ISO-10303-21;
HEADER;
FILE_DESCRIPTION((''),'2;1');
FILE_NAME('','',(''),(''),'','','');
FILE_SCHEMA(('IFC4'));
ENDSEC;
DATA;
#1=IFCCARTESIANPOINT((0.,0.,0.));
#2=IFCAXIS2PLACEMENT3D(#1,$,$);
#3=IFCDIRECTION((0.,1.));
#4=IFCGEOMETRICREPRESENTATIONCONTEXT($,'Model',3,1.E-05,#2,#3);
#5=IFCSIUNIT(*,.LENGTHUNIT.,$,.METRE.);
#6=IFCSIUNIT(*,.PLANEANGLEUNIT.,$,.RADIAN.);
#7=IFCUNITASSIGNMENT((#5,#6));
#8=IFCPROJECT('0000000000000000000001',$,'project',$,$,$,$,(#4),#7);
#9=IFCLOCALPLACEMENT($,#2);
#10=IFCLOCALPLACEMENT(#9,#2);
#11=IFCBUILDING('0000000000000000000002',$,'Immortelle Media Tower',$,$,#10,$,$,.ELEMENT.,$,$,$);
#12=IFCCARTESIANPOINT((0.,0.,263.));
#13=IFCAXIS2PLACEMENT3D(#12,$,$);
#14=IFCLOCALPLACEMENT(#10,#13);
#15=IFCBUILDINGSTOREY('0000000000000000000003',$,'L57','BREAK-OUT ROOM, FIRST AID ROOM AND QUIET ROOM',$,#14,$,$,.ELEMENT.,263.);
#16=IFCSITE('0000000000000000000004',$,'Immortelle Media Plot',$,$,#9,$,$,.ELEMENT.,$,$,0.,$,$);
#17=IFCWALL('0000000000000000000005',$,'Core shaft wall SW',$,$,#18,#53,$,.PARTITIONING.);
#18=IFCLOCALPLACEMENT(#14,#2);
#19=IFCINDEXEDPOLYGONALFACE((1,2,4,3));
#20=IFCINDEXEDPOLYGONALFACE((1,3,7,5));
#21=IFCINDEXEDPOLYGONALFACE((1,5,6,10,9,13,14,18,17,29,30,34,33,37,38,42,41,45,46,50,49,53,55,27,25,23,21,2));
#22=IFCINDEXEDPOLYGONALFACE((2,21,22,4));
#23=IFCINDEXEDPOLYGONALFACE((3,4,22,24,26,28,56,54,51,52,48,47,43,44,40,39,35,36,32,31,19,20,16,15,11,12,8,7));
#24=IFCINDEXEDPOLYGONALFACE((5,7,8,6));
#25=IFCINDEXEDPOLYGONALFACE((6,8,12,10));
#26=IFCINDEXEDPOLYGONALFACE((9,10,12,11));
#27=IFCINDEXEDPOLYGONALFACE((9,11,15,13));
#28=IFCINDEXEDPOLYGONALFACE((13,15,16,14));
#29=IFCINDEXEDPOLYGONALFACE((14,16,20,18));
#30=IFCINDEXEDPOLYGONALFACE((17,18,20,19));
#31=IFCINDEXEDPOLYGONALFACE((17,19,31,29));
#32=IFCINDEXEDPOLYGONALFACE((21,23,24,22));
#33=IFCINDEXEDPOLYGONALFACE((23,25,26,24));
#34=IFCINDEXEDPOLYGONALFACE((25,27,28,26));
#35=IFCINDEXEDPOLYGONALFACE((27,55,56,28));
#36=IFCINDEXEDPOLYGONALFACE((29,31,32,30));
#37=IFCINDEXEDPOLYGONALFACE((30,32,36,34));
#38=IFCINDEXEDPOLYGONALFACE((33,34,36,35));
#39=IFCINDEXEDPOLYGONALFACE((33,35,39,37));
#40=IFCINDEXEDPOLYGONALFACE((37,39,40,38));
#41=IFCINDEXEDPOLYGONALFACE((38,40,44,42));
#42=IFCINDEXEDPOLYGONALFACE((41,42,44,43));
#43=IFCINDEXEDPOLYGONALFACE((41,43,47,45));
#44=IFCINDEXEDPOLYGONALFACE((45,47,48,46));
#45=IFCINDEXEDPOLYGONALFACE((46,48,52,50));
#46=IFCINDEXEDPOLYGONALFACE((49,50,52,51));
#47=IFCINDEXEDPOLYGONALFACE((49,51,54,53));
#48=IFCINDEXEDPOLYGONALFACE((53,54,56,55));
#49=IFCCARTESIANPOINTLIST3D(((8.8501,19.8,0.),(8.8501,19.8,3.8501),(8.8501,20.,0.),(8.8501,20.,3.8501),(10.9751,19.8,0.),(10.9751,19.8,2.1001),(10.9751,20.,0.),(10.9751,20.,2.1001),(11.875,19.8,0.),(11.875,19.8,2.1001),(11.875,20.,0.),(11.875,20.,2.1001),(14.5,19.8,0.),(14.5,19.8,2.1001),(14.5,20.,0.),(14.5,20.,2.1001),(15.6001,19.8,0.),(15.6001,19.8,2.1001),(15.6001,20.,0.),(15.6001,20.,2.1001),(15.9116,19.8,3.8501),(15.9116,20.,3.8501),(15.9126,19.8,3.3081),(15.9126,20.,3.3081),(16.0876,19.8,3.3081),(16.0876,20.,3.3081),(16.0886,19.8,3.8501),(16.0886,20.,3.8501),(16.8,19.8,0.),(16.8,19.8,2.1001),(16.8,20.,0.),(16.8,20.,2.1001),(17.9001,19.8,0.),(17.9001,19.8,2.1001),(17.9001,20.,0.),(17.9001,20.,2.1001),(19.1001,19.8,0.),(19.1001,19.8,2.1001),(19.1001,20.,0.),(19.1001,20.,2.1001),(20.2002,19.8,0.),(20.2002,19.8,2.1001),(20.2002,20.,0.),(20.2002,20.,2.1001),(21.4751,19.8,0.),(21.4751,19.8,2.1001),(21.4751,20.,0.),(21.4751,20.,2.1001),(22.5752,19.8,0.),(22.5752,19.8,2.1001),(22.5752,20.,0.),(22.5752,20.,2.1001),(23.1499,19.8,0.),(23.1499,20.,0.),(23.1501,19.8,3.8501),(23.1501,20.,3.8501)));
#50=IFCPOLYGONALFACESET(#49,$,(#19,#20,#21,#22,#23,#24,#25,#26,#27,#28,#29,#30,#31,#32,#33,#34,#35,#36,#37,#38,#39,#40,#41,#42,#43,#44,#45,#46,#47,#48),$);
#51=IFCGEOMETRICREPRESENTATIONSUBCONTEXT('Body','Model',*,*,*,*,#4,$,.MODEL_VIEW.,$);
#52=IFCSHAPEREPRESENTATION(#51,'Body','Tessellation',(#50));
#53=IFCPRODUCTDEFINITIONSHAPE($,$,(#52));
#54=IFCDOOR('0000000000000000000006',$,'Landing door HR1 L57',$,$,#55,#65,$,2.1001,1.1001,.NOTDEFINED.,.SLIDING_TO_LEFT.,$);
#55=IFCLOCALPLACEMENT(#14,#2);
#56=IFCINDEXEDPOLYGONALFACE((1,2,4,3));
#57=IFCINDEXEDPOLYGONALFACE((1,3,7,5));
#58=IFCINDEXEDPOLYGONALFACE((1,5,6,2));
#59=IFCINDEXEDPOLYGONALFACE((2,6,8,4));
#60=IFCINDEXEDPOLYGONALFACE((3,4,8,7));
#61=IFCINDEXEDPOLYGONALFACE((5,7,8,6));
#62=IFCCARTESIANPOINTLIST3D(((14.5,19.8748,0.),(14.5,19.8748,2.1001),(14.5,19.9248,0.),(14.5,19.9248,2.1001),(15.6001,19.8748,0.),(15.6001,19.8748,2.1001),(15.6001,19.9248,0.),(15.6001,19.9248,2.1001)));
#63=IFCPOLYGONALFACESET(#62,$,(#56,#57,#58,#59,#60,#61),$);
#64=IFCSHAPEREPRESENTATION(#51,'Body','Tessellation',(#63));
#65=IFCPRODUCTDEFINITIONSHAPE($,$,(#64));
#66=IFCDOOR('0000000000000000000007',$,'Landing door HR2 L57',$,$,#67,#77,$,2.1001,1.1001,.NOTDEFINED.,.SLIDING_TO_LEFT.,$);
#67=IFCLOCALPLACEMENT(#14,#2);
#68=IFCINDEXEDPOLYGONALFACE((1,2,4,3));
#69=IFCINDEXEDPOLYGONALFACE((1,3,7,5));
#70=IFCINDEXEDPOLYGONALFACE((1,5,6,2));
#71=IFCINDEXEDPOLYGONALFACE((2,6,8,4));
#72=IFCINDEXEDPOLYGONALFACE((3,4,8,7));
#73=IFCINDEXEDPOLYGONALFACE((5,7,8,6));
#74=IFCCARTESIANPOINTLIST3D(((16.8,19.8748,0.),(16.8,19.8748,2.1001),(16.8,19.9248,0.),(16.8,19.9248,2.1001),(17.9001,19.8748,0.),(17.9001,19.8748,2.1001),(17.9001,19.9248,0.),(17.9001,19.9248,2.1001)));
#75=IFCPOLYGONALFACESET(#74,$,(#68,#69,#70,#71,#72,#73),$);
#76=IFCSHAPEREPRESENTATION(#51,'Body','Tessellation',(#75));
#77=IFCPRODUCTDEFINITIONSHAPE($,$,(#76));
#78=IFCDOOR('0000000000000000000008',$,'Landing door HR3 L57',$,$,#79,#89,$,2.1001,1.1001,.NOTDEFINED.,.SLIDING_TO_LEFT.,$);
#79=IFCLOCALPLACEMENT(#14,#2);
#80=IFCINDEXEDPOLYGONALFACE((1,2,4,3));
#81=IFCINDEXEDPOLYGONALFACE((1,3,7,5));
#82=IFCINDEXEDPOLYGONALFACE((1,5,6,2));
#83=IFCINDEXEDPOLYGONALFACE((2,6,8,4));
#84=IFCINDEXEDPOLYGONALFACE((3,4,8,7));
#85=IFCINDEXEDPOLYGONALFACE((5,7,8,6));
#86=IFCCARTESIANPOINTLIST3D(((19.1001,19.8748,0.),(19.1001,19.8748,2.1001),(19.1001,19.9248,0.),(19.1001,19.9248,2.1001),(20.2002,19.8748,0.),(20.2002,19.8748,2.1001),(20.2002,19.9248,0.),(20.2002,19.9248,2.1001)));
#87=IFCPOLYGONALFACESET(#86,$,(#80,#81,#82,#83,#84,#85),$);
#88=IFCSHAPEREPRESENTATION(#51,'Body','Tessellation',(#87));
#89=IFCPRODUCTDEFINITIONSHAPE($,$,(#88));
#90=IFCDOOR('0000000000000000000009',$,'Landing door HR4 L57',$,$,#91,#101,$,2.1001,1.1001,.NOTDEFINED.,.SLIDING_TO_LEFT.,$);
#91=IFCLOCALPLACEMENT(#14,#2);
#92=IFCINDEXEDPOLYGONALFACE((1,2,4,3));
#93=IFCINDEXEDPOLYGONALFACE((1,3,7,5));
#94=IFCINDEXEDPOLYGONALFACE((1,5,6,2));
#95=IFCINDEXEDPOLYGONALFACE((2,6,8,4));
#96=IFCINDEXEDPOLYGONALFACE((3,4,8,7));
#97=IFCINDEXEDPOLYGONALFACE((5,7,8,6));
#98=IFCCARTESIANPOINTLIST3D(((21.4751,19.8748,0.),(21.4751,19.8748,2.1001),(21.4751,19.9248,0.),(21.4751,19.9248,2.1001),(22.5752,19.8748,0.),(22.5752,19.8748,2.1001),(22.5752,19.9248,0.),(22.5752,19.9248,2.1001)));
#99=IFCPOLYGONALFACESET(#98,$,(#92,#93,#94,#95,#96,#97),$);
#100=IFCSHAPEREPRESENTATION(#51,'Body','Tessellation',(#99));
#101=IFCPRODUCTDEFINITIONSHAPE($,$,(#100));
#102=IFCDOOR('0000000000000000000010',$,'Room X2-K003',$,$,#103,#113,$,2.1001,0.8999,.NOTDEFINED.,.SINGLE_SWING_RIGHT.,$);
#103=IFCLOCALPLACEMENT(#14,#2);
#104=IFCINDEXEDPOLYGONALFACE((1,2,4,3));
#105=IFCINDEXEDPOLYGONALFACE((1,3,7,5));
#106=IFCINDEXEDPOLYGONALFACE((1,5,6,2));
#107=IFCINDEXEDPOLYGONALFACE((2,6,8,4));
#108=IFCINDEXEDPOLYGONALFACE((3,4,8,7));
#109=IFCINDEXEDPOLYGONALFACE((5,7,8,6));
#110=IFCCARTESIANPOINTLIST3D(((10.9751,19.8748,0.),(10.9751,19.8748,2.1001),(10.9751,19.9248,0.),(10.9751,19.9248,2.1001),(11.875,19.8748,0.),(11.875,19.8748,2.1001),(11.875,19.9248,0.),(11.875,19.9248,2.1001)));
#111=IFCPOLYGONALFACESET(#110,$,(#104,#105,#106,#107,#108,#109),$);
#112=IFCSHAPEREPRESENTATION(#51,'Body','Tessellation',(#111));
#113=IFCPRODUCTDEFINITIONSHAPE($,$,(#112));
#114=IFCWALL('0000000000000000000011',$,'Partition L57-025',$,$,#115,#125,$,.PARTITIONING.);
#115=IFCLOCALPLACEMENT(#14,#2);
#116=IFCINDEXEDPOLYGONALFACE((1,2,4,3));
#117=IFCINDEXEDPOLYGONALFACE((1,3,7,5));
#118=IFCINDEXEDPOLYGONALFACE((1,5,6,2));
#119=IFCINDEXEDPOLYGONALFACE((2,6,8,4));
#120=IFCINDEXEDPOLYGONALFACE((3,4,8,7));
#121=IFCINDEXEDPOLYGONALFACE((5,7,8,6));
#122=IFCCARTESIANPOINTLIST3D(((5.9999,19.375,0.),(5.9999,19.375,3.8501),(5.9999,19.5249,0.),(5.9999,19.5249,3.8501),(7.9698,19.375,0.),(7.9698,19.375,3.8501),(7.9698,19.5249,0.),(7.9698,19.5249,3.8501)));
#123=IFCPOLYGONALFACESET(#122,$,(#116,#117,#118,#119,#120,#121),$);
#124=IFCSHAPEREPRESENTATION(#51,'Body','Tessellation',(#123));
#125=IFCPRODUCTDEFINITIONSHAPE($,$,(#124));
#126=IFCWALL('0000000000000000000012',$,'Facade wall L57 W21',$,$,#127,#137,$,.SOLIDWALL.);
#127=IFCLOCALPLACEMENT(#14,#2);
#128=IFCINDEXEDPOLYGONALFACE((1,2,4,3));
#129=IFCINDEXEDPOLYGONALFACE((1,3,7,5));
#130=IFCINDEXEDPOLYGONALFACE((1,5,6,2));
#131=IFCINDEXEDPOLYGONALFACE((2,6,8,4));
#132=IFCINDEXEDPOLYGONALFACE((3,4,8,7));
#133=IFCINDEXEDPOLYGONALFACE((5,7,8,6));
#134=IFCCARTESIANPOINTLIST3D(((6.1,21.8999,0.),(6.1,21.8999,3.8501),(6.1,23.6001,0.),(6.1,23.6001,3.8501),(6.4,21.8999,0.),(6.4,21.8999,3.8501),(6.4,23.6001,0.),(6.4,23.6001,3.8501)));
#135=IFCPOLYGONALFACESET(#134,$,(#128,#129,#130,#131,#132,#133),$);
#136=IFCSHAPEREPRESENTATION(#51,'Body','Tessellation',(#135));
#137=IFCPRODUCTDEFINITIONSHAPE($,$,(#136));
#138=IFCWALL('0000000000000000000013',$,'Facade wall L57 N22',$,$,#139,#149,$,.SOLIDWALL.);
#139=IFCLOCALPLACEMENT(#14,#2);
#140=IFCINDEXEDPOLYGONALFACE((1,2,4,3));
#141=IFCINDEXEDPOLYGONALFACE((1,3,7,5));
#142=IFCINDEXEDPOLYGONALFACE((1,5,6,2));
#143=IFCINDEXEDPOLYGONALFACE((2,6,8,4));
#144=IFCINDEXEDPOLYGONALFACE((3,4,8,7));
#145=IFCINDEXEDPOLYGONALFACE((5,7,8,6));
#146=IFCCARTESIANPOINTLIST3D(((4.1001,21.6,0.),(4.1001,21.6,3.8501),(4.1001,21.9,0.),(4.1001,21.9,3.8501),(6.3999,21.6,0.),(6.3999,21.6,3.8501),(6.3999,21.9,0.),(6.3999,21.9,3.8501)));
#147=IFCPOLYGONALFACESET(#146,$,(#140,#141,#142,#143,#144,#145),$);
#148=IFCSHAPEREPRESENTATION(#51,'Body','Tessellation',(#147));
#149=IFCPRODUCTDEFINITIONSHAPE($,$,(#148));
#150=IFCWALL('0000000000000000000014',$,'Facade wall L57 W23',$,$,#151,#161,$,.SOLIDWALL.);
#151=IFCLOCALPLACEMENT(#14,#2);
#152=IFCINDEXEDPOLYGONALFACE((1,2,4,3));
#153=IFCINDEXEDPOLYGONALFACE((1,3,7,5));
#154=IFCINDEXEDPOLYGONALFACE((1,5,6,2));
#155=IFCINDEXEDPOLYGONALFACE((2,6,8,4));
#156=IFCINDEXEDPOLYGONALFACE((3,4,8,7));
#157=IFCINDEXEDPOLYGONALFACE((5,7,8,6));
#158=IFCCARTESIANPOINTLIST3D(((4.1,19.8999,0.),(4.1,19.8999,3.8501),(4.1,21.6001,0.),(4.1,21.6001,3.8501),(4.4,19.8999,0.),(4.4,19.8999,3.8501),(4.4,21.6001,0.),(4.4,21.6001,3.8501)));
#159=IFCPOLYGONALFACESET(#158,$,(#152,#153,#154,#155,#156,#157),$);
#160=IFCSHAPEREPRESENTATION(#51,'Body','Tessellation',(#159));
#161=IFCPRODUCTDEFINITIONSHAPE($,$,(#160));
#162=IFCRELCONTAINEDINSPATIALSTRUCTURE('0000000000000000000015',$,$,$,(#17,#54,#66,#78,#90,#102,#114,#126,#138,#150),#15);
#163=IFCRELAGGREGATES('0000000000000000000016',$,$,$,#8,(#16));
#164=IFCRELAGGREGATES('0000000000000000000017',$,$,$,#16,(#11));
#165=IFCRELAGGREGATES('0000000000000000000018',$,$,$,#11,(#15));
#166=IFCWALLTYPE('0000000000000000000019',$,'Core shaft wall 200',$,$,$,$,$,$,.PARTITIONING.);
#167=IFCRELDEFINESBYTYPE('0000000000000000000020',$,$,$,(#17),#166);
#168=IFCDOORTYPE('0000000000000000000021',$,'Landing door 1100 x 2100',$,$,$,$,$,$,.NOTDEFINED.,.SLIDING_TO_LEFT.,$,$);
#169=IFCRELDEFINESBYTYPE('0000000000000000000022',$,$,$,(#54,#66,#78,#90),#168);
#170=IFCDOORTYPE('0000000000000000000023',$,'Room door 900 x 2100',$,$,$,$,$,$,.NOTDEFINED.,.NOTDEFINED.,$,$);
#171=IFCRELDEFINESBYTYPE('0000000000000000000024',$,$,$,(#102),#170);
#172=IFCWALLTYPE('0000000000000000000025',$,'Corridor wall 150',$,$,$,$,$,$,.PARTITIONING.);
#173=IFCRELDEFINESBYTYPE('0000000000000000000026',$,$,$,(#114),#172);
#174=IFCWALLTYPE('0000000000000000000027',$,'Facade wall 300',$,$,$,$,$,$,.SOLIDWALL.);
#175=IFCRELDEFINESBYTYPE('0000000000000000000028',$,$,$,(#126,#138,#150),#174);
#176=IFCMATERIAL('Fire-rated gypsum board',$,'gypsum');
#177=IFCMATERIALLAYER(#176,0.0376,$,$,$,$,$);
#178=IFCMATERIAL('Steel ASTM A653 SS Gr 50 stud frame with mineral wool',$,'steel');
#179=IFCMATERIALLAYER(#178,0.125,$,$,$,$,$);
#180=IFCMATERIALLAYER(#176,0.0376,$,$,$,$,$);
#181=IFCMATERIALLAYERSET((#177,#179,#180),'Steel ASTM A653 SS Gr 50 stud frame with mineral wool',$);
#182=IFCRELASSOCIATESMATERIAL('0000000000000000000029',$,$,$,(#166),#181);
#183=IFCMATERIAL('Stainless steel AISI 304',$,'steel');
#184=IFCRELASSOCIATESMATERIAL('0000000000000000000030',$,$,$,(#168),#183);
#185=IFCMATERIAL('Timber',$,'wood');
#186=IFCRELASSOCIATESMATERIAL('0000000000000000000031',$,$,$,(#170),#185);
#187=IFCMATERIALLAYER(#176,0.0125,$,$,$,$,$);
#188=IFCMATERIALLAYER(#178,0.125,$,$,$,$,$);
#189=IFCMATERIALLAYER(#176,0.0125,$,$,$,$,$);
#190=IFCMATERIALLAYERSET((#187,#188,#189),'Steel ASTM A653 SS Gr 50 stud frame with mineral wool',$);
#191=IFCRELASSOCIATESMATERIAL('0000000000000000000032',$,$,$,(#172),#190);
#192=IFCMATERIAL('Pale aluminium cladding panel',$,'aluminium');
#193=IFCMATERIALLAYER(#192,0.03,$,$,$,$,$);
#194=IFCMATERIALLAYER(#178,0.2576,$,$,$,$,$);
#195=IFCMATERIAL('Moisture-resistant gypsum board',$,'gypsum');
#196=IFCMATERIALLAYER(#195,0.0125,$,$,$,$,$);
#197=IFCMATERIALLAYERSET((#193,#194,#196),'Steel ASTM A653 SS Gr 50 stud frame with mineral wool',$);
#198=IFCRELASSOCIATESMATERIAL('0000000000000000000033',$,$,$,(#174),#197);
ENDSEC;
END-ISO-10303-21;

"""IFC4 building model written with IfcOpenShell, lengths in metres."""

from ifc_helpers import new_model, si_unit, direction, frame, frame_2d, origin, place, context, subcontext, project, spatial, polyline, rectangle, outline, extrude, material, layer, layer_set, type_object, element, fill, save


model = new_model("IFC4")

# Units and contexts
model_context = context("Model", 3, precision=1e-05, world=origin(), true_north=direction((0.0, 1.0)))
body_context = subcontext(model_context, "Body", "Model", "MODEL_VIEW")
ifc_project = project(units=[si_unit("LENGTHUNIT", "METRE"), si_unit("PLANEANGLEUNIT", "RADIAN")], contexts=[model_context])

# Site, building, storey
site_placement = place(None, origin())
site = spatial("IfcSite", under=ifc_project, at=site_placement, Name="Immortelle Media Plot", CompositionType="ELEMENT", RefElevation=0.0)
building_placement = place(site_placement, origin())
building = spatial("IfcBuilding", under=site, at=building_placement, Name="Immortelle Media Tower", CompositionType="ELEMENT")
storey_placement = place(building_placement, frame((0.0, 0.0, 263.0)))
storey = spatial("IfcBuildingStorey", under=building, at=storey_placement, Name="L57", Description="BREAK-OUT ROOM, FIRST AID ROOM AND QUIET ROOM", CompositionType="ELEMENT", Elevation=263.0)

# Shared definitions
ifc_material_1 = material(Name="Fire-rated gypsum board", Category="gypsum")
ifc_layer_1 = layer(ifc_material_1, 0.0376)
ifc_material_2 = material(Name="Steel ASTM A653 SS Gr 50 stud frame with mineral wool", Category="steel")
ifc_layer_2 = layer(ifc_material_2, 0.125)
ifc_layer_3 = layer(ifc_material_1, 0.0376)
ifc_layer_set_1 = layer_set([ifc_layer_1, ifc_layer_2, ifc_layer_3], Name="Steel ASTM A653 SS Gr 50 stud frame with mineral wool")
wall_type_1 = type_object("IfcWallType", Name="Core shaft wall 200", PredefinedType="PARTITIONING", material=ifc_layer_set_1)

# Wall, openings, doors
wall_1_placement = place(storey_placement, frame((8.8501, 19.8999, 0.0), z_axis=(0.0, 0.0, 1.0), x_axis=(1.0, 0.0, 0.0)))
wall_1 = element("IfcWall", 1, at=wall_1_placement, inside=storey, type_object=wall_type_1, Name="Core shaft wall SW", PredefinedType="PARTITIONING", context=body_context, shape_type="SweptSolid", body=[
    extrude(outline(polyline([(0.0, 0.0), (14.2998, 0.0), (14.3, 3.8501), (7.2385, 3.8501), (7.2375, 3.3081), (7.0625, 3.3081), (7.0615, 3.8501), (0.0, 3.8501), (0.0, 0.0)])), frame((0.0, 0.1001, 0.0), z_axis=(0.0, -1.0, 0.0), x_axis=(1.0, 0.0, 0.0)), (0.0, 0.0, 1.0), 0.2),
])
opening_1_placement = place(wall_1_placement, frame((2.125, 0.0, 0.0)))
opening_1 = element("IfcOpeningElement", 2, at=opening_1_placement, cuts=wall_1, PredefinedType="OPENING", context=body_context, shape_type="SweptSolid", body=[
    extrude(rectangle(XDim=0.8999, YDim=2.1001, at=frame_2d((0.45, 1.05))), frame((0.0, 0.1099, 0.0), z_axis=(0.0, -1.0, 0.0), x_axis=(1.0, 0.0, 0.0)), (0.0, 0.0, 1.0), 0.22),
])
opening_2_placement = place(wall_1_placement, frame((5.6499, 0.0, 0.0)))
opening_2 = element("IfcOpeningElement", 3, at=opening_2_placement, cuts=wall_1, PredefinedType="OPENING", context=body_context, shape_type="SweptSolid", body=[
    extrude(rectangle(XDim=1.1001, YDim=2.1001, at=frame_2d((0.55, 1.05))), frame((0.0, 0.1099, 0.0), z_axis=(0.0, -1.0, 0.0), x_axis=(1.0, 0.0, 0.0)), (0.0, 0.0, 1.0), 0.22),
])
opening_3_placement = place(wall_1_placement, frame((7.95, 0.0, 0.0)))
opening_3 = element("IfcOpeningElement", 4, at=opening_3_placement, cuts=wall_1, PredefinedType="OPENING", context=body_context, shape_type="SweptSolid", body=[
    extrude(rectangle(XDim=1.1001, YDim=2.1001, at=frame_2d((0.55, 1.05))), frame((0.0, 0.1099, 0.0), z_axis=(0.0, -1.0, 0.0), x_axis=(1.0, 0.0, 0.0)), (0.0, 0.0, 1.0), 0.22),
])
opening_4_placement = place(wall_1_placement, frame((10.25, 0.0, 0.0)))
opening_4 = element("IfcOpeningElement", 5, at=opening_4_placement, cuts=wall_1, PredefinedType="OPENING", context=body_context, shape_type="SweptSolid", body=[
    extrude(rectangle(XDim=1.1001, YDim=2.1001, at=frame_2d((0.55, 1.05))), frame((0.0, 0.1099, 0.0), z_axis=(0.0, -1.0, 0.0), x_axis=(1.0, 0.0, 0.0)), (0.0, 0.0, 1.0), 0.22),
])
opening_5_placement = place(wall_1_placement, frame((12.625, 0.0, 0.0)))
opening_5 = element("IfcOpeningElement", 6, at=opening_5_placement, cuts=wall_1, PredefinedType="OPENING", context=body_context, shape_type="SweptSolid", body=[
    extrude(rectangle(XDim=1.1001, YDim=2.1001, at=frame_2d((0.55, 1.05))), frame((0.0, 0.1099, 0.0), z_axis=(0.0, -1.0, 0.0), x_axis=(1.0, 0.0, 0.0)), (0.0, 0.0, 1.0), 0.22),
])
ifc_material_3 = material(Name="Stainless steel AISI 304", Category="steel")
door_type_1 = type_object("IfcDoorType", Name="Landing door 1100 x 2100", OperationType="SLIDING_TO_LEFT", PredefinedType="NOTDEFINED", material=ifc_material_3)
door_1_placement = place(opening_2_placement, origin())
door_1 = element("IfcDoor", 7, at=door_1_placement, inside=storey, type_object=door_type_1, Name="Landing door HR1 L57", OperationType="SLIDING_TO_LEFT", OverallHeight=2.1001, OverallWidth=1.1001, PredefinedType="NOTDEFINED", context=body_context, shape_type="SweptSolid", body=[
    extrude(rectangle(XDim=1.1001, YDim=2.1001, at=frame_2d((0.55, 1.05))), frame((0.0, 0.0249, 0.0), z_axis=(0.0, -1.0, 0.0), x_axis=(1.0, 0.0, 0.0)), (0.0, 0.0, 1.0), 0.05),
])
fill(opening_2, door_1)
door_2_placement = place(opening_3_placement, origin())
door_2 = element("IfcDoor", 8, at=door_2_placement, inside=storey, type_object=door_type_1, Name="Landing door HR2 L57", OperationType="SLIDING_TO_LEFT", OverallHeight=2.1001, OverallWidth=1.1001, PredefinedType="NOTDEFINED", context=body_context, shape_type="SweptSolid", body=[
    extrude(rectangle(XDim=1.1001, YDim=2.1001, at=frame_2d((0.55, 1.05))), frame((0.0, 0.0249, 0.0), z_axis=(0.0, -1.0, 0.0), x_axis=(1.0, 0.0, 0.0)), (0.0, 0.0, 1.0), 0.05),
])
fill(opening_3, door_2)
door_3_placement = place(opening_4_placement, origin())
door_3 = element("IfcDoor", 9, at=door_3_placement, inside=storey, type_object=door_type_1, Name="Landing door HR3 L57", OperationType="SLIDING_TO_LEFT", OverallHeight=2.1001, OverallWidth=1.1001, PredefinedType="NOTDEFINED", context=body_context, shape_type="SweptSolid", body=[
    extrude(rectangle(XDim=1.1001, YDim=2.1001, at=frame_2d((0.55, 1.05))), frame((0.0, 0.0249, 0.0), z_axis=(0.0, -1.0, 0.0), x_axis=(1.0, 0.0, 0.0)), (0.0, 0.0, 1.0), 0.05),
])
fill(opening_4, door_3)
door_4_placement = place(opening_5_placement, origin())
door_4 = element("IfcDoor", 10, at=door_4_placement, inside=storey, type_object=door_type_1, Name="Landing door HR4 L57", OperationType="SLIDING_TO_LEFT", OverallHeight=2.1001, OverallWidth=1.1001, PredefinedType="NOTDEFINED", context=body_context, shape_type="SweptSolid", body=[
    extrude(rectangle(XDim=1.1001, YDim=2.1001, at=frame_2d((0.55, 1.05))), frame((0.0, 0.0249, 0.0), z_axis=(0.0, -1.0, 0.0), x_axis=(1.0, 0.0, 0.0)), (0.0, 0.0, 1.0), 0.05),
])
fill(opening_5, door_4)
ifc_material_4 = material(Name="Timber", Category="wood")
door_type_2 = type_object("IfcDoorType", Name="Room door 900 x 2100", OperationType="NOTDEFINED", PredefinedType="NOTDEFINED", material=ifc_material_4)
door_5_placement = place(opening_1_placement, origin())
door_5 = element("IfcDoor", 11, at=door_5_placement, inside=storey, type_object=door_type_2, Name="Room X2-K003", OperationType="SINGLE_SWING_RIGHT", OverallHeight=2.1001, OverallWidth=0.8999, PredefinedType="NOTDEFINED", context=body_context, shape_type="SweptSolid", body=[
    extrude(rectangle(XDim=0.8999, YDim=2.1001, at=frame_2d((0.45, 1.05))), frame((0.0, 0.0249, 0.0), z_axis=(0.0, -1.0, 0.0), x_axis=(1.0, 0.0, 0.0)), (0.0, 0.0, 1.0), 0.05),
])
fill(opening_1, door_5)

# Walls
ifc_layer_4 = layer(ifc_material_1, 0.0125)
ifc_layer_5 = layer(ifc_material_2, 0.125)
ifc_layer_6 = layer(ifc_material_1, 0.0125)
ifc_layer_set_2 = layer_set([ifc_layer_4, ifc_layer_5, ifc_layer_6], Name="Steel ASTM A653 SS Gr 50 stud frame with mineral wool")
wall_type_2 = type_object("IfcWallType", Name="Corridor wall 150", PredefinedType="PARTITIONING", material=ifc_layer_set_2)
wall_2_placement = place(storey_placement, frame((6.0, 19.45, 0.0), z_axis=(0.0, 0.0, 1.0), x_axis=(1.0, 0.0, 0.0)))
element("IfcWall", 12, at=wall_2_placement, inside=storey, type_object=wall_type_2, Name="Partition L57-025", PredefinedType="PARTITIONING", context=body_context, shape_type="SweptSolid", body=[
    extrude(rectangle(XDim=1.97, YDim=0.1499, at=frame_2d((0.9849, 0.0))), origin(), (0.0, 0.0, 1.0), 3.8501),
])
ifc_material_5 = material(Name="Pale aluminium cladding panel", Category="aluminium")
ifc_layer_7 = layer(ifc_material_5, 0.03)
ifc_layer_8 = layer(ifc_material_2, 0.2576)
ifc_material_6 = material(Name="Moisture-resistant gypsum board", Category="gypsum")
ifc_layer_9 = layer(ifc_material_6, 0.0125)
ifc_layer_set_3 = layer_set([ifc_layer_7, ifc_layer_8, ifc_layer_9], Name="Steel ASTM A653 SS Gr 50 stud frame with mineral wool")
wall_type_3 = type_object("IfcWallType", Name="Facade wall 300", PredefinedType="SOLIDWALL", material=ifc_layer_set_3)
wall_3_placement = place(storey_placement, frame((6.25, 23.6001, 0.0), z_axis=(0.0, 0.0, 1.0), x_axis=(0.0, -1.0, 0.0)))
element("IfcWall", 13, at=wall_3_placement, inside=storey, type_object=wall_type_3, Name="Facade wall L57 W21", PredefinedType="SOLIDWALL", context=body_context, shape_type="SweptSolid", body=[
    extrude(rectangle(XDim=1.7002, YDim=0.3, at=frame_2d((0.8501, 0.0))), origin(), (0.0, 0.0, 1.0), 3.8501),
])
wall_4_placement = place(storey_placement, frame((6.3999, 21.75, 0.0), z_axis=(0.0, 0.0, 1.0), x_axis=(-1.0, 0.0, 0.0)))
element("IfcWall", 14, at=wall_4_placement, inside=storey, type_object=wall_type_3, Name="Facade wall L57 N22", PredefinedType="SOLIDWALL", context=body_context, shape_type="SweptSolid", body=[
    extrude(rectangle(XDim=2.2998, YDim=0.3, at=frame_2d((1.1499, 0.0))), origin(), (0.0, 0.0, 1.0), 3.8501),
])
wall_5_placement = place(storey_placement, frame((4.25, 21.6001, 0.0), z_axis=(0.0, 0.0, 1.0), x_axis=(0.0, -1.0, 0.0)))
element("IfcWall", 15, at=wall_5_placement, inside=storey, type_object=wall_type_3, Name="Facade wall L57 W23", PredefinedType="SOLIDWALL", context=body_context, shape_type="SweptSolid", body=[
    extrude(rectangle(XDim=1.7002, YDim=0.3, at=frame_2d((0.8501, 0.0))), origin(), (0.0, 0.0, 1.0), 3.8501),
])

save(model, "model.ifc")
